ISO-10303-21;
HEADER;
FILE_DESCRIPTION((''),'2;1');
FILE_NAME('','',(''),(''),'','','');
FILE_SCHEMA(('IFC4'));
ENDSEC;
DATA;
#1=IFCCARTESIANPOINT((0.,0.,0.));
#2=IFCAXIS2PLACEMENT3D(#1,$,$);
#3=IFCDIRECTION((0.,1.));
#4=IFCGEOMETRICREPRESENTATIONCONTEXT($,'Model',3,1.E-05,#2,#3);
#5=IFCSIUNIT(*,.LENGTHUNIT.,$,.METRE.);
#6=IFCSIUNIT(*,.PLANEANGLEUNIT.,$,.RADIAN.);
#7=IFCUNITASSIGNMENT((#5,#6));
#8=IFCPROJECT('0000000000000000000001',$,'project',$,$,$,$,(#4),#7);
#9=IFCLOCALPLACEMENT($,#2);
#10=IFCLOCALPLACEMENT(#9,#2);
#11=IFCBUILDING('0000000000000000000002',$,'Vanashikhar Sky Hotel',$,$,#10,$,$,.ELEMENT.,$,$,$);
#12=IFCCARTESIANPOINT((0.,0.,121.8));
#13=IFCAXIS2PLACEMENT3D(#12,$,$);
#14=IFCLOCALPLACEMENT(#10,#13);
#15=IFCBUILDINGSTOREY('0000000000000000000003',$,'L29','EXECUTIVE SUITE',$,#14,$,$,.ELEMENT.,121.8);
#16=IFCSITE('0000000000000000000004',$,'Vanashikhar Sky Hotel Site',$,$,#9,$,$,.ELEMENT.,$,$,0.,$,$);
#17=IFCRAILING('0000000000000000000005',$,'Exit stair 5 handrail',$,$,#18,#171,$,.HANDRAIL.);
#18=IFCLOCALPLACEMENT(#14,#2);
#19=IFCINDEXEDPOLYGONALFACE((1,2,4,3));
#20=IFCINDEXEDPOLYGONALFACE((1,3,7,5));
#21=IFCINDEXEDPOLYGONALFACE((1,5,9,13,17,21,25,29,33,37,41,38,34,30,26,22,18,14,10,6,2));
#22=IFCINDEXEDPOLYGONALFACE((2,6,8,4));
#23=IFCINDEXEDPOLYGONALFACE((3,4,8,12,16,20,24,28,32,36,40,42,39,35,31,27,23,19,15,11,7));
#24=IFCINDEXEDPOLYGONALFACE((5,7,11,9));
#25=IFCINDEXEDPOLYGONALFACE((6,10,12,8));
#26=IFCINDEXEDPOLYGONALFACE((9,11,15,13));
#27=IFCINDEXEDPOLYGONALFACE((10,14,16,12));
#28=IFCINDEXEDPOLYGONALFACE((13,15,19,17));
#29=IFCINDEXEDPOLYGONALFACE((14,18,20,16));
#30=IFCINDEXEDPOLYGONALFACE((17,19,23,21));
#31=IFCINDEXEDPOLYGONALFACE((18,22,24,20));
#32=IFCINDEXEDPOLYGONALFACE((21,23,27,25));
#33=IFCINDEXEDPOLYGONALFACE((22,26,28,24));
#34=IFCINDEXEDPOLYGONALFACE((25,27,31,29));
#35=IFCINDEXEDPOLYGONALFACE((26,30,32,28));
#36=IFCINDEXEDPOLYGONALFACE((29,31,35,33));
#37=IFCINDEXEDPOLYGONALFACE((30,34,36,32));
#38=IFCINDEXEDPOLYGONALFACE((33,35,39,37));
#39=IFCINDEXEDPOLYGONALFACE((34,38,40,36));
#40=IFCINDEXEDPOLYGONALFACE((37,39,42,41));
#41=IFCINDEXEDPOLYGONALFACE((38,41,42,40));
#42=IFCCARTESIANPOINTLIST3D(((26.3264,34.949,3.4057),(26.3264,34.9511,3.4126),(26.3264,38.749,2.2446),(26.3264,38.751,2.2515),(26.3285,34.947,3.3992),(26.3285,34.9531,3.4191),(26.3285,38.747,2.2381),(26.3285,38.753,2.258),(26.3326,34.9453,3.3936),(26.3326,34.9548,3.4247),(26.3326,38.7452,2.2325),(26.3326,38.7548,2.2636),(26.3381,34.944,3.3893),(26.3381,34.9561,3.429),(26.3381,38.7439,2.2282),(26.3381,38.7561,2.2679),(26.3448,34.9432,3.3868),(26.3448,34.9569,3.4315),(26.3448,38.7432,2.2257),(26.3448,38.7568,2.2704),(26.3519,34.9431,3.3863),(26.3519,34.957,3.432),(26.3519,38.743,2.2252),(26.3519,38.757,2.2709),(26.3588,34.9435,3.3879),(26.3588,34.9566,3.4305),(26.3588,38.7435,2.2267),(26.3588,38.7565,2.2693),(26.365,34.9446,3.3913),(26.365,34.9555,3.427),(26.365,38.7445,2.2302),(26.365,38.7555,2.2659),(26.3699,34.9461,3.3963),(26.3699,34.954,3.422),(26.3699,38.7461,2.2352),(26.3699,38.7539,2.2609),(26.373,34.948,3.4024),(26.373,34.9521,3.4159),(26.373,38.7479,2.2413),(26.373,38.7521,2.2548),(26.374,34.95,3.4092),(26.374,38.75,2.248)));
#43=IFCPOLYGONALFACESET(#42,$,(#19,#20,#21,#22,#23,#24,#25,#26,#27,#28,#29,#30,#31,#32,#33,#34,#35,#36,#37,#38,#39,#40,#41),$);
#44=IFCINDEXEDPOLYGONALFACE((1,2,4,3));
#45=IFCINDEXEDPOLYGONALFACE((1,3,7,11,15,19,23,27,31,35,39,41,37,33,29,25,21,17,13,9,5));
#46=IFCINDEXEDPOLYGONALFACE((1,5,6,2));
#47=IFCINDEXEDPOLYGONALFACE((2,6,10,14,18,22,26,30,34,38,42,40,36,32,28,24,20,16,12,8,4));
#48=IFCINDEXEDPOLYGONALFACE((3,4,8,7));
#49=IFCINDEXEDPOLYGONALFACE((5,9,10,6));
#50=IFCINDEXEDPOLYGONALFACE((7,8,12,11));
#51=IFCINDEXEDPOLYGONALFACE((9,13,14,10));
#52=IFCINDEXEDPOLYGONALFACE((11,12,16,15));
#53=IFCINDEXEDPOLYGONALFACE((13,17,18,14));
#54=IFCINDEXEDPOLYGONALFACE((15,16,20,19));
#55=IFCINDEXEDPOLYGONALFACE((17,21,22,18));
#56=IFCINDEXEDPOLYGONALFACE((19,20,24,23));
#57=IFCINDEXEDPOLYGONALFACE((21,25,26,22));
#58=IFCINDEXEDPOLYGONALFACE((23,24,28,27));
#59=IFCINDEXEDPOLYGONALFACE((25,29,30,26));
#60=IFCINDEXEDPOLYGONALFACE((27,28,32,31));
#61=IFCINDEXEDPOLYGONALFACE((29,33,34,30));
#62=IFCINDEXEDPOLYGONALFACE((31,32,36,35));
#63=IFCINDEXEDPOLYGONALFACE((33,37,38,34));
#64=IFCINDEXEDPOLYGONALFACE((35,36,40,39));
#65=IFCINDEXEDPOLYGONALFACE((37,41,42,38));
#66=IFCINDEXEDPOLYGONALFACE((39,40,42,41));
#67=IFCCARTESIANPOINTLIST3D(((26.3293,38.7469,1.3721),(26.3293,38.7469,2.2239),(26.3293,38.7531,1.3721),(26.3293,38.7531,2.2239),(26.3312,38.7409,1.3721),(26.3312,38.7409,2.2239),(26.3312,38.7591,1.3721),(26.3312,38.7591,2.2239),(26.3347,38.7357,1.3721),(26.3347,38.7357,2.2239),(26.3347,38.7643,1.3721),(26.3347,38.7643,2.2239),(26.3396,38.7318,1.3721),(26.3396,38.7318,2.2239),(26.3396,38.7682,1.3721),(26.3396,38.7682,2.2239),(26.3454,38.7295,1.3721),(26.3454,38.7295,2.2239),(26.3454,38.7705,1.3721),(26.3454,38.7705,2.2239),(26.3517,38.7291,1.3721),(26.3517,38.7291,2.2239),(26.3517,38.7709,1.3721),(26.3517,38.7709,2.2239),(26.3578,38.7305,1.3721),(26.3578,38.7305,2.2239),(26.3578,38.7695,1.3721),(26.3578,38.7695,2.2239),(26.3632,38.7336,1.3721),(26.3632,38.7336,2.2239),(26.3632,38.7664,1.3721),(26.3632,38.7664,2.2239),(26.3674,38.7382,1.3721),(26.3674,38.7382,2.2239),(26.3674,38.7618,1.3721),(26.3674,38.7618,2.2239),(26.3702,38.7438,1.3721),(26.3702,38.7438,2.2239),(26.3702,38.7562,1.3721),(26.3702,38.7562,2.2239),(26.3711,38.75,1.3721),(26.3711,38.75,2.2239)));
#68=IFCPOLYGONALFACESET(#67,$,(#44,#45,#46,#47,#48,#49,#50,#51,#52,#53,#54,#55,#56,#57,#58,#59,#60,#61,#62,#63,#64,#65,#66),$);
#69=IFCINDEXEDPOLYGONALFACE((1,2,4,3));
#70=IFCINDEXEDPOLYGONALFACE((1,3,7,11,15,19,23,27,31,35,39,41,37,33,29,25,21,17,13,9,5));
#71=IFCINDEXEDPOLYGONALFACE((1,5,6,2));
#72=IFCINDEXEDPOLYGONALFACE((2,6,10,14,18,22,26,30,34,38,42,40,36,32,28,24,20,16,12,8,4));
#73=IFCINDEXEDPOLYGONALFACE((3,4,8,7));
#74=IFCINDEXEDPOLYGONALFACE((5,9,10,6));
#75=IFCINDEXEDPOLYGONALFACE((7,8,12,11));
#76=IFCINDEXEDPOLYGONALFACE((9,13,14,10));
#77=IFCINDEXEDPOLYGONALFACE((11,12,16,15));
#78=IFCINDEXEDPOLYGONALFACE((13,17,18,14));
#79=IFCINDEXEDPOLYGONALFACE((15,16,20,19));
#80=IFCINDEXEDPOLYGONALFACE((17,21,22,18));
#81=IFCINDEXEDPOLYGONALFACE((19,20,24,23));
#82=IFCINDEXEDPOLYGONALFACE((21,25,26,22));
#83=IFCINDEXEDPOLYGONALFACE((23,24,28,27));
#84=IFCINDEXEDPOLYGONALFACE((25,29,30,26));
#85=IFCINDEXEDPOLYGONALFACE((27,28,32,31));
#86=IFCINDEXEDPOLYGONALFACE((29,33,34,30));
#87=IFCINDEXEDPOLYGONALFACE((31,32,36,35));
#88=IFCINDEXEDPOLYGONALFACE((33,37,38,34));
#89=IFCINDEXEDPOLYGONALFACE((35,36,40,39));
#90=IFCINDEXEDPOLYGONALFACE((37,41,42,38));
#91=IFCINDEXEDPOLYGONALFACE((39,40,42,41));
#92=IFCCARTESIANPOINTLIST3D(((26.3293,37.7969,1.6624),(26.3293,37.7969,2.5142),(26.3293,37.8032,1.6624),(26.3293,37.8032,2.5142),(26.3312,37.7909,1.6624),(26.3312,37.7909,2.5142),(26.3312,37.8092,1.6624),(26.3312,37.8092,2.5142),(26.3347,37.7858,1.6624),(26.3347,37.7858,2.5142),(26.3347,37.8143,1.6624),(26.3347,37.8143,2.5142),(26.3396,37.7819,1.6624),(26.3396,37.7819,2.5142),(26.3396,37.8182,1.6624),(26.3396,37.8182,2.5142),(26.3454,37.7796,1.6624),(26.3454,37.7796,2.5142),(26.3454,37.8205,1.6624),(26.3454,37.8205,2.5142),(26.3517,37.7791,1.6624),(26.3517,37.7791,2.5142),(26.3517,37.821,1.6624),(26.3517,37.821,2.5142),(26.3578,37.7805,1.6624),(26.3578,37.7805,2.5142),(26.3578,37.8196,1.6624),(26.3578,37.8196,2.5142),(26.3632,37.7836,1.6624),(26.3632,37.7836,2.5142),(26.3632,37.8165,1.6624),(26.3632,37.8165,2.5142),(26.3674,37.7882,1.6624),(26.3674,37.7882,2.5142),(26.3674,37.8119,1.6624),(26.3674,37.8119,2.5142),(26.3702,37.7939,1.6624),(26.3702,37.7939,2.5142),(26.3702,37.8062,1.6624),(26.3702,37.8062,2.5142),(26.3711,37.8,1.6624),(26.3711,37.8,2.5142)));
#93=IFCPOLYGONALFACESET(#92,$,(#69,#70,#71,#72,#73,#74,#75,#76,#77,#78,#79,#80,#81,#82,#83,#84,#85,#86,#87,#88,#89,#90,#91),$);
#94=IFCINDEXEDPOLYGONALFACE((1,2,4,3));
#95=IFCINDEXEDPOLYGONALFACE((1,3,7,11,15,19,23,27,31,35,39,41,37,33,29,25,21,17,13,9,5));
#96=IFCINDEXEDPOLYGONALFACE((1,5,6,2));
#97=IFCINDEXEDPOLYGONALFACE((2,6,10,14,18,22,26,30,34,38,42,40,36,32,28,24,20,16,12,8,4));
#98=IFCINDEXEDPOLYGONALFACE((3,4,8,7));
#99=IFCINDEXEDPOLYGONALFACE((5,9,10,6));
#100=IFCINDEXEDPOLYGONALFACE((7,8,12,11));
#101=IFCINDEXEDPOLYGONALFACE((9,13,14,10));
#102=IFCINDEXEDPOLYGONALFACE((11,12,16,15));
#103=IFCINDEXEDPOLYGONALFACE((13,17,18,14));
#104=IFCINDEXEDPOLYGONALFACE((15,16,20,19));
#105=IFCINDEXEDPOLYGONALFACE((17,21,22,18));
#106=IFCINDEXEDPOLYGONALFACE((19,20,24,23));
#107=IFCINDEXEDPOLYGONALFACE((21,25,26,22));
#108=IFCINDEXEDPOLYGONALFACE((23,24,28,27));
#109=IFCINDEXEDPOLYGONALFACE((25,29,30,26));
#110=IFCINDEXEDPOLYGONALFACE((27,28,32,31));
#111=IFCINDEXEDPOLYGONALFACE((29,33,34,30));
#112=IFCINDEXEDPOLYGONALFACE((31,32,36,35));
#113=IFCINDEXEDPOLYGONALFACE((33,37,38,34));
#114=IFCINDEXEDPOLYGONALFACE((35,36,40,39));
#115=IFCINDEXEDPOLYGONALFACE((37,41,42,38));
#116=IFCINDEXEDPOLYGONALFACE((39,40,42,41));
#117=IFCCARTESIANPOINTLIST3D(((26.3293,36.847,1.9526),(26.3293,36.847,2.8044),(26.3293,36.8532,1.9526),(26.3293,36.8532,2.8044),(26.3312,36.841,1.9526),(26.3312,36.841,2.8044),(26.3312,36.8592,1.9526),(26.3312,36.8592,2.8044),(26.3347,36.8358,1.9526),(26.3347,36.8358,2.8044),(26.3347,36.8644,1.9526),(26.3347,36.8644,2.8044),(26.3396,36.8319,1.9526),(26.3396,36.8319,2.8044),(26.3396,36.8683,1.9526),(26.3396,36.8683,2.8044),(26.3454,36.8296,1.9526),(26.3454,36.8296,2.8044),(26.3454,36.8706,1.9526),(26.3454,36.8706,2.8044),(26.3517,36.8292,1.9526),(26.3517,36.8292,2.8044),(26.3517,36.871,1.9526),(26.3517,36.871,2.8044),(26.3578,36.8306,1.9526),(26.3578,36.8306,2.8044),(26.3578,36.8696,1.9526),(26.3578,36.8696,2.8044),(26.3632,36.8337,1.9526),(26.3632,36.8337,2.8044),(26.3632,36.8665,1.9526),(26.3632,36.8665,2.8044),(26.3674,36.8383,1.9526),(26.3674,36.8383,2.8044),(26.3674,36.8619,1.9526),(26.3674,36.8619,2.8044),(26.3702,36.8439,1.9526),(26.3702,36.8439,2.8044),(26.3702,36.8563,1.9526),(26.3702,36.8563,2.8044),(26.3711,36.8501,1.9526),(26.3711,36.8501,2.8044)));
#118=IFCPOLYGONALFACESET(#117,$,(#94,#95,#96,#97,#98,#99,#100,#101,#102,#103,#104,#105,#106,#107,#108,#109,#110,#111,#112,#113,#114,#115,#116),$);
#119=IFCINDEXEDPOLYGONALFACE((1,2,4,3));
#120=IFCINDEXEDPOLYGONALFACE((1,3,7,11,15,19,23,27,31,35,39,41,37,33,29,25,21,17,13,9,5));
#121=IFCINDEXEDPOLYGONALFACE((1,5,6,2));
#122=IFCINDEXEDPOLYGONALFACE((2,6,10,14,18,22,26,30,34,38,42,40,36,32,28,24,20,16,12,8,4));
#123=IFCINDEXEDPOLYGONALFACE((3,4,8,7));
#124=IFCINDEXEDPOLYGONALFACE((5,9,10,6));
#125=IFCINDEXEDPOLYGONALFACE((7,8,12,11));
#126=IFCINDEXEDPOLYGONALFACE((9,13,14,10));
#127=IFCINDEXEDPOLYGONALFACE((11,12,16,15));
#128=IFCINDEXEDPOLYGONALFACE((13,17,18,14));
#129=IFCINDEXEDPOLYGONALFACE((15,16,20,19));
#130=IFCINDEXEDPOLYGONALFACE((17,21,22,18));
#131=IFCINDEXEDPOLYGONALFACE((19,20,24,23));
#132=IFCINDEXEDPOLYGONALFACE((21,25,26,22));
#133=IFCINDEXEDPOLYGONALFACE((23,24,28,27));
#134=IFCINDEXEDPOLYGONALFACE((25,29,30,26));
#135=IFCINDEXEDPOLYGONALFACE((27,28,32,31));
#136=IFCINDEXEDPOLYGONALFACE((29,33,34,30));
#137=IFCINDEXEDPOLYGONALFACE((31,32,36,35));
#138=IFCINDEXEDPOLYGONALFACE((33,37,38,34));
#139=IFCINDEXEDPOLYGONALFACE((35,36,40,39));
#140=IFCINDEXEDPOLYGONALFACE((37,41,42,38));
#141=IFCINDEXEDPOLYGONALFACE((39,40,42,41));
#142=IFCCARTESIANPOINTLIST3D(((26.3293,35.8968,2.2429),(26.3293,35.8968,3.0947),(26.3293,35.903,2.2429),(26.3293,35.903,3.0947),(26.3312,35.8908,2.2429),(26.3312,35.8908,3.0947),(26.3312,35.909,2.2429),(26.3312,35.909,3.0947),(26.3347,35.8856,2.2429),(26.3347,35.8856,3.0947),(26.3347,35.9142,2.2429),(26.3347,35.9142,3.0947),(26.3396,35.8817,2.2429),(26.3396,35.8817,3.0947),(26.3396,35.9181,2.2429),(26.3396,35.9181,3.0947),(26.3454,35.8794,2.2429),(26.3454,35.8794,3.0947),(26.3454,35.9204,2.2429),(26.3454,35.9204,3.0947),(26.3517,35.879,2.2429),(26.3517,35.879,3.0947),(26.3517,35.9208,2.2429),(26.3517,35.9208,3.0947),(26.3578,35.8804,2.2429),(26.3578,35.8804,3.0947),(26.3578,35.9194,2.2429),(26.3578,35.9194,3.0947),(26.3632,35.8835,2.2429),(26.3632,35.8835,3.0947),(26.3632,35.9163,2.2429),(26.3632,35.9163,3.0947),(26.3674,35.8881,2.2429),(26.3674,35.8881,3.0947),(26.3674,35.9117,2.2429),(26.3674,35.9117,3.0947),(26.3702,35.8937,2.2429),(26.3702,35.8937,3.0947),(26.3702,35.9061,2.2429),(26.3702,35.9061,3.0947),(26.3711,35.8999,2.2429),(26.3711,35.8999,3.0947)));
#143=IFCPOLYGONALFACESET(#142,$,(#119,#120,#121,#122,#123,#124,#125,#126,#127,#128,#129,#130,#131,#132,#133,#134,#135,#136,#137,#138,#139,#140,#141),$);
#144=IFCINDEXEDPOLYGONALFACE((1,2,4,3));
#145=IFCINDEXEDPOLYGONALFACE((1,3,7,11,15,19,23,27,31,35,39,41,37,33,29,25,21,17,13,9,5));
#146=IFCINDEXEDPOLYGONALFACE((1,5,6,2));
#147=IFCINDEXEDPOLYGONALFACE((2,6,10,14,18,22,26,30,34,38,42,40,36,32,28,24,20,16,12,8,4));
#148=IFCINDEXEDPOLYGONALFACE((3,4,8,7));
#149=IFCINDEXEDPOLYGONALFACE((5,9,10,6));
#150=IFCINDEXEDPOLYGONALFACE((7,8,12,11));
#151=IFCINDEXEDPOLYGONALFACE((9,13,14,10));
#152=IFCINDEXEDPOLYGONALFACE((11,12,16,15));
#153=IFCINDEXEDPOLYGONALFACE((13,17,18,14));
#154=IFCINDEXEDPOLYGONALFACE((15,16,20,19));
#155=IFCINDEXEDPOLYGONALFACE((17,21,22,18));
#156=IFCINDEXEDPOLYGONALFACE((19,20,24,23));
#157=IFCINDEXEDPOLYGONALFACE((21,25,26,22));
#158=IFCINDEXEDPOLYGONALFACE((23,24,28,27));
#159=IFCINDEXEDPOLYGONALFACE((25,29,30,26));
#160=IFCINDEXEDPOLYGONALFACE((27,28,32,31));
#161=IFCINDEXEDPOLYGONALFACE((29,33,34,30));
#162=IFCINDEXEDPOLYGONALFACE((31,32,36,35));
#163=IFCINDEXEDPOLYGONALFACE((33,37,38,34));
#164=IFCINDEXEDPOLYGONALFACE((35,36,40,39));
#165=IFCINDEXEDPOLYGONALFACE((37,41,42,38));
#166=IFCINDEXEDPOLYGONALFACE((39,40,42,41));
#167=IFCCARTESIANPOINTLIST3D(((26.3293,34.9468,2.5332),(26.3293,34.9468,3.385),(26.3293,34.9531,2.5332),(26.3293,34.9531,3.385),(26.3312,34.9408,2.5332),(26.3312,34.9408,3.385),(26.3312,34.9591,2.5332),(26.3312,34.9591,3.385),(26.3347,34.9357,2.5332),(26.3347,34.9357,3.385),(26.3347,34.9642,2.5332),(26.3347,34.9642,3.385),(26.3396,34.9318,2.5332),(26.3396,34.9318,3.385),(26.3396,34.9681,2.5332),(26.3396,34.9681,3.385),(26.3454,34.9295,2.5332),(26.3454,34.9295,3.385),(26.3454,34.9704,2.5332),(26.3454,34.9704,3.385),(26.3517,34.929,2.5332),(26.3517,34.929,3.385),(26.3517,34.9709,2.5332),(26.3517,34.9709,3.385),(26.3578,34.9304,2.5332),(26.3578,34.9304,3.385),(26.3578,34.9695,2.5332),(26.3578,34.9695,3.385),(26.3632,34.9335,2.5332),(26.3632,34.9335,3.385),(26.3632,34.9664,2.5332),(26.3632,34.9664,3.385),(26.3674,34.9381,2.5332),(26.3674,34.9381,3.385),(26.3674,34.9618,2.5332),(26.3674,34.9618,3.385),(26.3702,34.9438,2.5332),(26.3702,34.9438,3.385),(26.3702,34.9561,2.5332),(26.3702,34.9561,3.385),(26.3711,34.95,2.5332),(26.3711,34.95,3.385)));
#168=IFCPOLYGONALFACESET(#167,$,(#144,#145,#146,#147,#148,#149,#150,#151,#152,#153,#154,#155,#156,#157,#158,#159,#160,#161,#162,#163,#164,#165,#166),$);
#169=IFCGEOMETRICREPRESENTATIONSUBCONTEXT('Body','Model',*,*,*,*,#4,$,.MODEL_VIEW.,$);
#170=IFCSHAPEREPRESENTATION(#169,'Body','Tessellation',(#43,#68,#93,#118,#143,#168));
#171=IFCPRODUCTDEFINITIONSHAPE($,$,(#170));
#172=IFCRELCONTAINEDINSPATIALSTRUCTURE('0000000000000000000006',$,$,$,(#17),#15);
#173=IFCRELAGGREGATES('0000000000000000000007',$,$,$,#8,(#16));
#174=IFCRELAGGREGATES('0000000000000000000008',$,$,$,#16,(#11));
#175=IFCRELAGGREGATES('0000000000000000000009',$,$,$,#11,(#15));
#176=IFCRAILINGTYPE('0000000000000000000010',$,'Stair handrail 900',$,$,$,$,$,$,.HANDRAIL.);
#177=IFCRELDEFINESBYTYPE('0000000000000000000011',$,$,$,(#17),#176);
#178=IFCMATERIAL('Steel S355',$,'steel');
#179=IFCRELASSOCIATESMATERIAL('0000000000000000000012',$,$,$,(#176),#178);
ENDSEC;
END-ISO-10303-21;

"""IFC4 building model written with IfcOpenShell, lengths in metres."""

from ifc_helpers import new_model, si_unit, direction, frame, origin, origin_2d, place, context, subcontext, project, spatial, circle, extrude, source, transform, mapped, material, type_object, element, save


model = new_model("IFC4")

# Units and contexts
model_context = context("Model", 3, precision=1e-05, world=origin(), true_north=direction((0.0, 1.0)))
body_context = subcontext(model_context, "Body", "Model", "MODEL_VIEW")
ifc_project = project(units=[si_unit("LENGTHUNIT", "METRE"), si_unit("PLANEANGLEUNIT", "RADIAN")], contexts=[model_context])

# Site, building, storey
site_placement = place(None, origin())
site = spatial("IfcSite", under=ifc_project, at=site_placement, Name="Vanashikhar Sky Hotel Site", CompositionType="ELEMENT", RefElevation=0.0)
building_placement = place(site_placement, origin())
building = spatial("IfcBuilding", under=site, at=building_placement, Name="Vanashikhar Sky Hotel", CompositionType="ELEMENT")
storey_placement = place(building_placement, frame((0.0, 0.0, 121.8)))
storey = spatial("IfcBuildingStorey", under=building, at=storey_placement, Name="L29", Description="EXECUTIVE SUITE", CompositionType="ELEMENT", Elevation=121.8)

# Railing
ifc_material_1 = material(Name="Steel S355", Category="steel")
railing_type_1 = type_object("IfcRailingType", Name="Stair handrail 900", PredefinedType="HANDRAIL", material=ifc_material_1)
shared_shape_1 = source(origin(), body_context, "Body", "SweptSolid", [
    extrude(circle(Radius=0.0239, at=origin_2d()), frame((0.0, 0.0, 0.876), z_axis=(0.0, -0.956351, 0.29222), x_axis=(1.0, 0.0, 0.0)), (0.0, 0.0, 1.0), 3.9734),
    extrude(circle(Radius=0.021, at=origin_2d()), origin(), (0.0, 0.0, 1.0), 0.8518),
    extrude(circle(Radius=0.021, at=origin_2d()), frame((0.0, -0.95, 0.2903)), (0.0, 0.0, 1.0), 0.8518),
    extrude(circle(Radius=0.021, at=origin_2d()), frame((0.0, -1.8999, 0.5806)), (0.0, 0.0, 1.0), 0.8518),
    extrude(circle(Radius=0.021, at=origin_2d()), frame((0.0, -2.8501, 0.8708)), (0.0, 0.0, 1.0), 0.8518),
    extrude(circle(Radius=0.021, at=origin_2d()), frame((0.0, -3.8, 1.1611)), (0.0, 0.0, 1.0), 0.8518),
])
railing_1_placement = place(storey_placement, frame((26.3501, 38.75, 1.3721)))
element("IfcRailing", 1, at=railing_1_placement, inside=storey, type_object=railing_type_1, Name="Exit stair 5 handrail", PredefinedType="HANDRAIL", context=body_context, shape_type="MappedRepresentation", body=[
    mapped(shared_shape_1, transform((0.0, 0.0, 0.0), scale=1.0)),
])

save(model, "model.ifc")
